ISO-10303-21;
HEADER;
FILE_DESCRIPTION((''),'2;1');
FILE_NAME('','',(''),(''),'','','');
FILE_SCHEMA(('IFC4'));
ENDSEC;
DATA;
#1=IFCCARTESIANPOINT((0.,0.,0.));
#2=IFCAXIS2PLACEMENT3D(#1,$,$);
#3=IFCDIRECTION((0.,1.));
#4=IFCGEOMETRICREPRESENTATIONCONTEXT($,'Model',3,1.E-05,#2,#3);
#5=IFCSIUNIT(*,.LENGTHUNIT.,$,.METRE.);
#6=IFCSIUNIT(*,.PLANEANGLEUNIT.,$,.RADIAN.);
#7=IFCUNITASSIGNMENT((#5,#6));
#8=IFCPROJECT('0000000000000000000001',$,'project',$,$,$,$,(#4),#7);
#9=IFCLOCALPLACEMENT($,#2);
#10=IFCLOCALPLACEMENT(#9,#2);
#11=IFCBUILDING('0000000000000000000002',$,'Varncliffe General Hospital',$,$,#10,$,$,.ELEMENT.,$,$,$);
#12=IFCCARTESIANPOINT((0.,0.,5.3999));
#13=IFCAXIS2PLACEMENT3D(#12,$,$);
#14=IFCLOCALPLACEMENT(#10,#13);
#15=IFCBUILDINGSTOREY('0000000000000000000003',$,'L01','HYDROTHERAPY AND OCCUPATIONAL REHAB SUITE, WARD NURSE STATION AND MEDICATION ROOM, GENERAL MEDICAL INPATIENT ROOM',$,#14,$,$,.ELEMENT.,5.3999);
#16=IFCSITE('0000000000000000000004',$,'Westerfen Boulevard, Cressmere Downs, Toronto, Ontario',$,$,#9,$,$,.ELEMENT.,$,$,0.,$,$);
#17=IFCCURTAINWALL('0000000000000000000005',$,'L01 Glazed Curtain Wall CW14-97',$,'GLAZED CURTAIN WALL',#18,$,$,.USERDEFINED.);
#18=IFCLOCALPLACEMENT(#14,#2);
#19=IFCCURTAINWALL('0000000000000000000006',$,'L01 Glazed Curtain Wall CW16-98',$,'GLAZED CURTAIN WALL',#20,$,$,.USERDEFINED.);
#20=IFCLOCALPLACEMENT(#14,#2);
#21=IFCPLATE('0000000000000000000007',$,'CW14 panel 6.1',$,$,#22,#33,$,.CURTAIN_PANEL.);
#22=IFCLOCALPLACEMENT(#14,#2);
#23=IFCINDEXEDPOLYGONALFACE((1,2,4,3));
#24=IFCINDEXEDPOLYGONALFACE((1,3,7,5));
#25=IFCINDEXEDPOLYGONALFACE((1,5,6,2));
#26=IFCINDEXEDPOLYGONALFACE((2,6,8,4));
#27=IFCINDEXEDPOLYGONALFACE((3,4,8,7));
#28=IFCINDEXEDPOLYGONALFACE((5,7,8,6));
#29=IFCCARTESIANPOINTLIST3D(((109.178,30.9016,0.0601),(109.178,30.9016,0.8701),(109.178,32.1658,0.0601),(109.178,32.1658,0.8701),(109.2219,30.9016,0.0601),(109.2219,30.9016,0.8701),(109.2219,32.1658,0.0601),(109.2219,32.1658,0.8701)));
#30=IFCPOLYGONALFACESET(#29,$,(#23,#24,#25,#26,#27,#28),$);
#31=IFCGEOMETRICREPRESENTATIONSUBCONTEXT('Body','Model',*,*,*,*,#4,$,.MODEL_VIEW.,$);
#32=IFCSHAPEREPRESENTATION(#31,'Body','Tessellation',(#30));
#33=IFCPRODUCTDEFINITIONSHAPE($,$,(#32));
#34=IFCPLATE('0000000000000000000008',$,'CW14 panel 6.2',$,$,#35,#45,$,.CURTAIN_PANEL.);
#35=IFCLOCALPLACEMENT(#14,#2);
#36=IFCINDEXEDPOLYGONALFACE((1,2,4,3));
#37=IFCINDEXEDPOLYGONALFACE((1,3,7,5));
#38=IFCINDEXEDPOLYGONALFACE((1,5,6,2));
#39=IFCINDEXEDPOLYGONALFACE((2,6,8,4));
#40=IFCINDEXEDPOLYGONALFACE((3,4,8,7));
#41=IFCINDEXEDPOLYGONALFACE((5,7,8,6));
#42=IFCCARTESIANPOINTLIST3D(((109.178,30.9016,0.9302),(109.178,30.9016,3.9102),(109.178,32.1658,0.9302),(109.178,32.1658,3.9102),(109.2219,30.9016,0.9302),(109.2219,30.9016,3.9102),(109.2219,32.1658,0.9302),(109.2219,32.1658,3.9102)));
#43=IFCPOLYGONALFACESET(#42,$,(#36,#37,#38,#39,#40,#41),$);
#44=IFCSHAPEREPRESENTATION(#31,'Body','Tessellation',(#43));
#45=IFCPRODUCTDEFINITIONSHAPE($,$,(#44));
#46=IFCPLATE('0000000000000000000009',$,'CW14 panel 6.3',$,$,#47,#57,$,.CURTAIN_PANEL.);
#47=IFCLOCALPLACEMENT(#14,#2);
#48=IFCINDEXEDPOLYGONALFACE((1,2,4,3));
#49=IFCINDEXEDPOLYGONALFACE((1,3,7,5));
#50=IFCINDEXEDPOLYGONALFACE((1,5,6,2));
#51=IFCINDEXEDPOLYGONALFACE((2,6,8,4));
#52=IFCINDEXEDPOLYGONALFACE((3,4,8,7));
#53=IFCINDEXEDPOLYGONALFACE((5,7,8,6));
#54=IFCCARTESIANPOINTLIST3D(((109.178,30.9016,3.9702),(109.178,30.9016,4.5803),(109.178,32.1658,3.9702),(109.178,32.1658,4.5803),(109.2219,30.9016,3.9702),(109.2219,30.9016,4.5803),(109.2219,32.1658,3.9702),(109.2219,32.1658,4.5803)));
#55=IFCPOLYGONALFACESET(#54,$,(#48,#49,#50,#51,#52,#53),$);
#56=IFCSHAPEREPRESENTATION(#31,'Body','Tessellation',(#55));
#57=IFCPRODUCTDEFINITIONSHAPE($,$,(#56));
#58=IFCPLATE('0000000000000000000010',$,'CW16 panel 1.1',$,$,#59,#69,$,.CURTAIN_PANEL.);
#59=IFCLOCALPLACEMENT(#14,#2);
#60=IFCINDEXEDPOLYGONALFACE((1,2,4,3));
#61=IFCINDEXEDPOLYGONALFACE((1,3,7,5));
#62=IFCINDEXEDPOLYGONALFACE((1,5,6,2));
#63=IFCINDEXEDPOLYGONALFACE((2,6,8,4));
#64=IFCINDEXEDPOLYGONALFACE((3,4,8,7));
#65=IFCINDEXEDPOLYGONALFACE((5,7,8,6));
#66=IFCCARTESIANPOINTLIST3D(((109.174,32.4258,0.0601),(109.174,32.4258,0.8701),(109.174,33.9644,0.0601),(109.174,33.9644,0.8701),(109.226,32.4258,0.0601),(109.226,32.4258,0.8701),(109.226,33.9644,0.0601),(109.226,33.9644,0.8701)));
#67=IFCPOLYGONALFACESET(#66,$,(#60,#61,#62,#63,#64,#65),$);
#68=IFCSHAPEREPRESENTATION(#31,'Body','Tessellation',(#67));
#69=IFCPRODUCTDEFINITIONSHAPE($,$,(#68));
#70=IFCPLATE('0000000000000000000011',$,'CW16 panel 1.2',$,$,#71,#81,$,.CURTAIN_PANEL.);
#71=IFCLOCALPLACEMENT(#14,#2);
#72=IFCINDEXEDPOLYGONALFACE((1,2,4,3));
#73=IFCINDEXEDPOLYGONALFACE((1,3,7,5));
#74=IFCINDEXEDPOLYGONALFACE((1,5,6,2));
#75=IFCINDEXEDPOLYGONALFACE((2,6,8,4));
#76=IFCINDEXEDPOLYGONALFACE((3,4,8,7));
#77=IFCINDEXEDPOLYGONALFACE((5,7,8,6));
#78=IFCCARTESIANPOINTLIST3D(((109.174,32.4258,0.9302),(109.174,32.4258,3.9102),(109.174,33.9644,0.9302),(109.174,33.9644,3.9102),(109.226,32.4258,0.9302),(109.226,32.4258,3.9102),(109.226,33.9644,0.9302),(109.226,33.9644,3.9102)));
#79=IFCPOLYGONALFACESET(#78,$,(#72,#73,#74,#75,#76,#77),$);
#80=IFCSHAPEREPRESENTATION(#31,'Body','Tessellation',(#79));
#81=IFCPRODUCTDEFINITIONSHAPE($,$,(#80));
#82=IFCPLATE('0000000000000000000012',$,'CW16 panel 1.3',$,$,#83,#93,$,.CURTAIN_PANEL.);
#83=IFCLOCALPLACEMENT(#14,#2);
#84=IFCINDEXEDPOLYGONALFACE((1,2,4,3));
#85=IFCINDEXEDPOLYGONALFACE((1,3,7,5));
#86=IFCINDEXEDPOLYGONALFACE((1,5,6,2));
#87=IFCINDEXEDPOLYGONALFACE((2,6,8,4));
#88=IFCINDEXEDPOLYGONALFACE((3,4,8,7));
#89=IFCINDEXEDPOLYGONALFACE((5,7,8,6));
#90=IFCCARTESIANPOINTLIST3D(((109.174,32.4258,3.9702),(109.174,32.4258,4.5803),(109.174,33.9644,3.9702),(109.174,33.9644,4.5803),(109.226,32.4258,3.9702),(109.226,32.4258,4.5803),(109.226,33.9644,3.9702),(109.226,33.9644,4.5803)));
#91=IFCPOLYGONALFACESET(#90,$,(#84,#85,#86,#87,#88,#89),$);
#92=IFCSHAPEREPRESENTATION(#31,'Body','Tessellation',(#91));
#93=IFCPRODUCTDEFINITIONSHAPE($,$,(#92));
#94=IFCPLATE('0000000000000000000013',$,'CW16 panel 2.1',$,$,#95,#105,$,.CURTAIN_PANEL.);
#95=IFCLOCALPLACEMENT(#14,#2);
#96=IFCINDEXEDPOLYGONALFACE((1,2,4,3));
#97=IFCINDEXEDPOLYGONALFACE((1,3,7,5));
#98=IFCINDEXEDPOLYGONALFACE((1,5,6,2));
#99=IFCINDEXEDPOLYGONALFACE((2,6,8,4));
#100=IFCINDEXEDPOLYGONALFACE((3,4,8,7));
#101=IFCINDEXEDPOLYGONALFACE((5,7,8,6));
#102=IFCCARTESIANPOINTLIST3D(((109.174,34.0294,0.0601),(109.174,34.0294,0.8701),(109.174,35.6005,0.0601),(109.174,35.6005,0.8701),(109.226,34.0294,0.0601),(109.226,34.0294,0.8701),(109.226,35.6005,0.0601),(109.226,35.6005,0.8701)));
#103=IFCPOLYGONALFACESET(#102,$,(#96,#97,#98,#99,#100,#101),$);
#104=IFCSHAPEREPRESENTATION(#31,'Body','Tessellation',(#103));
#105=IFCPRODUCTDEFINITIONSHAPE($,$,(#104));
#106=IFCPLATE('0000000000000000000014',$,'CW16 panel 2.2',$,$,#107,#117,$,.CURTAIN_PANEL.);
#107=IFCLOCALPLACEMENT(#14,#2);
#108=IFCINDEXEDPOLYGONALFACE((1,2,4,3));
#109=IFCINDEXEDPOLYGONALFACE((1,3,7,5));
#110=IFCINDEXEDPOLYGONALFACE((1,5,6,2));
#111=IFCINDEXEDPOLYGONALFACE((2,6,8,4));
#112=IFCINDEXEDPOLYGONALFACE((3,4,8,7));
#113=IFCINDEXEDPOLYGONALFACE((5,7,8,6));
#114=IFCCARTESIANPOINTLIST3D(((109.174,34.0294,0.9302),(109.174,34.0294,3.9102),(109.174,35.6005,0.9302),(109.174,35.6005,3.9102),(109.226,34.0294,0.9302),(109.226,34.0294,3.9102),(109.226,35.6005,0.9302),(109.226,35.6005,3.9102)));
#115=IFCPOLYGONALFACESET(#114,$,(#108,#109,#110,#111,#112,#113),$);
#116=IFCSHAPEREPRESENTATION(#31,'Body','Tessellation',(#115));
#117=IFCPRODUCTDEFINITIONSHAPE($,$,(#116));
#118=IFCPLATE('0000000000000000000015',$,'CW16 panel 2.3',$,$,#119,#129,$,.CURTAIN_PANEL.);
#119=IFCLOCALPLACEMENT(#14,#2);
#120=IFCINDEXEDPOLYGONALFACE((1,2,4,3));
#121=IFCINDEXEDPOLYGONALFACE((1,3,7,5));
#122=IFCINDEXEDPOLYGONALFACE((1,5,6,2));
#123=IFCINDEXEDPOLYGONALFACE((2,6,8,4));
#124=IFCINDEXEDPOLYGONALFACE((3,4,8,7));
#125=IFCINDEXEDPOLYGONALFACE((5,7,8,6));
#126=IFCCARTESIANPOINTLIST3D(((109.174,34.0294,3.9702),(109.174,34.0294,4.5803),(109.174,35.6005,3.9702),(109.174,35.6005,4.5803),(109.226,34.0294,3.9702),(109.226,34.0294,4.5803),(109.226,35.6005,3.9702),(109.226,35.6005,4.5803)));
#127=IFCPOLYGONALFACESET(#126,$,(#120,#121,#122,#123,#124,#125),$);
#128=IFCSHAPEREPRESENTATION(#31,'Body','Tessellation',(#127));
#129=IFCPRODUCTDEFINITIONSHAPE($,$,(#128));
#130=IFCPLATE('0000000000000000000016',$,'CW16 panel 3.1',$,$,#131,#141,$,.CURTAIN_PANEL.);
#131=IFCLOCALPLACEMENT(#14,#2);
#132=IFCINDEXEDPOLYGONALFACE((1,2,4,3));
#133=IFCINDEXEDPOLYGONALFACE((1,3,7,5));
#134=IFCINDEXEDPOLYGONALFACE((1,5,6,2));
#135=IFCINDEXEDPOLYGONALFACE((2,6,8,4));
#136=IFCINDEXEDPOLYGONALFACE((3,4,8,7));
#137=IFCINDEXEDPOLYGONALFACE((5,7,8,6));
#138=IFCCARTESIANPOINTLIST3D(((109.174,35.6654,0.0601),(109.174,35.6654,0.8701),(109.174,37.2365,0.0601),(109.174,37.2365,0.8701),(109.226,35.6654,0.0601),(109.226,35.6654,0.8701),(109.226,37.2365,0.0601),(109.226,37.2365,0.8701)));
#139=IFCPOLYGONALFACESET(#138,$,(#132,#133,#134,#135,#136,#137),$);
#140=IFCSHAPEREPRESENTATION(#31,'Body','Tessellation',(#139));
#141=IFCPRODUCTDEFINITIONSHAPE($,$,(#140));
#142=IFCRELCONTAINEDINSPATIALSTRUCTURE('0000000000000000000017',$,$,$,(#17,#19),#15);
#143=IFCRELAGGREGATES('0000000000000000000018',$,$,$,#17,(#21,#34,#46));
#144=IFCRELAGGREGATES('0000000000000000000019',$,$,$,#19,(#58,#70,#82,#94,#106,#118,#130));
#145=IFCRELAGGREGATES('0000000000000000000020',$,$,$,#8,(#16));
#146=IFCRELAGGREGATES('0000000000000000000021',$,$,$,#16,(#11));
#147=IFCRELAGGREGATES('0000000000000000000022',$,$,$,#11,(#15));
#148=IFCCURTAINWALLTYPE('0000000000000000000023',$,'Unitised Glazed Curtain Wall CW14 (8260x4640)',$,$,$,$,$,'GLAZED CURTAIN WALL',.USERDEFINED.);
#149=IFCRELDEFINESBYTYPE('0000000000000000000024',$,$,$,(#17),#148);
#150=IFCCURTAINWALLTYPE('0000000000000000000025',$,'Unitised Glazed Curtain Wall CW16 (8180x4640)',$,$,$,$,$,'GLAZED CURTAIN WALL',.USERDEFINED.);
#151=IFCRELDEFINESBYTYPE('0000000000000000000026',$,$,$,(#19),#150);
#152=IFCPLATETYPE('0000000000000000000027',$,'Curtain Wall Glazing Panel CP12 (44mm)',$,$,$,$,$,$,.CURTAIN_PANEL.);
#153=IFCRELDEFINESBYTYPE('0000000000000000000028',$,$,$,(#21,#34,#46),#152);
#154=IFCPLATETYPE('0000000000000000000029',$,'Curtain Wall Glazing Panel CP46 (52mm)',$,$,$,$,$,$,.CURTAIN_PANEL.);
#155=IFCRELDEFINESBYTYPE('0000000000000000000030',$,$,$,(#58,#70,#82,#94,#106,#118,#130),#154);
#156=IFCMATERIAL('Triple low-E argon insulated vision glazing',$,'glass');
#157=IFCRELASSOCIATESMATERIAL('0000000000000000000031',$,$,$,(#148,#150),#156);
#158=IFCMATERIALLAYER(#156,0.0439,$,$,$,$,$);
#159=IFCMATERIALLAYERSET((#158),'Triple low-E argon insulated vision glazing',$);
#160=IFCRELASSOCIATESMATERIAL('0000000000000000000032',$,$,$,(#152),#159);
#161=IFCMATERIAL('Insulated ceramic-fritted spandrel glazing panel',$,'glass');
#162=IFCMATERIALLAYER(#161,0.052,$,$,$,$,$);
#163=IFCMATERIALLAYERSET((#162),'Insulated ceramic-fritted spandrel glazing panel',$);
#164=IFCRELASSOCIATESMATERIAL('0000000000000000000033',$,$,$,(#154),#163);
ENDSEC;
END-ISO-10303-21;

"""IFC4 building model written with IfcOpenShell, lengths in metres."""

from ifc_helpers import new_model, si_unit, direction, frame, origin, origin_2d, place, context, subcontext, project, spatial, rectangle, extrude, material, layer, layer_set, type_object, element, aggregate, save


model = new_model("IFC4")

# Units and contexts
model_context = context("Model", 3, precision=1e-05, world=origin(), true_north=direction((0.0, 1.0)))
body_context = subcontext(model_context, "Body", "Model", "MODEL_VIEW")
ifc_project = project(units=[si_unit("LENGTHUNIT", "METRE"), si_unit("PLANEANGLEUNIT", "RADIAN")], contexts=[model_context])

# Site, building, storey
site_placement = place(None, origin())
site = spatial("IfcSite", under=ifc_project, at=site_placement, Name="Westerfen Boulevard, Cressmere Downs, Toronto, Ontario", CompositionType="ELEMENT", RefElevation=0.0)
building_placement = place(site_placement, origin())
building = spatial("IfcBuilding", under=site, at=building_placement, Name="Varncliffe General Hospital", CompositionType="ELEMENT")
storey_placement = place(building_placement, frame((0.0, 0.0, 5.3999)))
storey = spatial("IfcBuildingStorey", under=building, at=storey_placement, Name="L01", Description="HYDROTHERAPY AND OCCUPATIONAL REHAB SUITE, WARD NURSE STATION AND MEDICATION ROOM, GENERAL MEDICAL INPATIENT ROOM", CompositionType="ELEMENT", Elevation=5.3999)

# Curtain walls
ifc_material_1 = material(Name="Triple low-E argon insulated vision glazing", Category="glass")
curtain_wall_type_1 = type_object("IfcCurtainWallType", Name="Unitised Glazed Curtain Wall CW14 (8260x4640)", ElementType="GLAZED CURTAIN WALL", PredefinedType="USERDEFINED", material=ifc_material_1)
curtain_wall_1_placement = place(storey_placement, origin())
curtain_wall_1 = element("IfcCurtainWall", 1, at=curtain_wall_1_placement, inside=storey, type_object=curtain_wall_type_1, Name="L01 Glazed Curtain Wall CW14-97", ObjectType="GLAZED CURTAIN WALL", PredefinedType="USERDEFINED")
curtain_wall_type_2 = type_object("IfcCurtainWallType", Name="Unitised Glazed Curtain Wall CW16 (8180x4640)", ElementType="GLAZED CURTAIN WALL", PredefinedType="USERDEFINED", material=ifc_material_1)
curtain_wall_2_placement = place(storey_placement, origin())
curtain_wall_2 = element("IfcCurtainWall", 2, at=curtain_wall_2_placement, inside=storey, type_object=curtain_wall_type_2, Name="L01 Glazed Curtain Wall CW16-98", ObjectType="GLAZED CURTAIN WALL", PredefinedType="USERDEFINED")

# Plates
ifc_layer_1 = layer(ifc_material_1, 0.0439)
ifc_layer_set_1 = layer_set([ifc_layer_1], Name="Triple low-E argon insulated vision glazing")
plate_type_1 = type_object("IfcPlateType", Name="Curtain Wall Glazing Panel CP12 (44mm)", PredefinedType="CURTAIN_PANEL", material=ifc_layer_set_1)
plate_1_placement = place(storey_placement, frame((109.2, 31.5337, 0.0601), z_axis=(0.0, 0.0, 1.0), x_axis=(0.0, 1.0, 0.0)))
plate_1 = element("IfcPlate", 3, at=plate_1_placement, type_object=plate_type_1, Name="CW14 panel 6.1", PredefinedType="CURTAIN_PANEL", context=body_context, shape_type="SweptSolid", body=[
    extrude(rectangle(XDim=1.2642, YDim=0.0439, at=origin_2d()), origin(), (0.0, 0.0, 1.0), 0.8101),
])
plate_2_placement = place(storey_placement, frame((109.2, 31.5337, 0.9302), z_axis=(0.0, 0.0, 1.0), x_axis=(0.0, 1.0, 0.0)))
plate_2 = element("IfcPlate", 4, at=plate_2_placement, type_object=plate_type_1, Name="CW14 panel 6.2", PredefinedType="CURTAIN_PANEL", context=body_context, shape_type="SweptSolid", body=[
    extrude(rectangle(XDim=1.2642, YDim=0.0439, at=origin_2d()), origin(), (0.0, 0.0, 1.0), 2.98),
])
plate_3_placement = place(storey_placement, frame((109.2, 31.5337, 3.9702), z_axis=(0.0, 0.0, 1.0), x_axis=(0.0, 1.0, 0.0)))
plate_3 = element("IfcPlate", 5, at=plate_3_placement, type_object=plate_type_1, Name="CW14 panel 6.3", PredefinedType="CURTAIN_PANEL", context=body_context, shape_type="SweptSolid", body=[
    extrude(rectangle(XDim=1.2642, YDim=0.0439, at=origin_2d()), origin(), (0.0, 0.0, 1.0), 0.6101),
])
aggregate(curtain_wall_1, [plate_1, plate_2, plate_3])
ifc_material_2 = material(Name="Insulated ceramic-fritted spandrel glazing panel", Category="glass")
ifc_layer_2 = layer(ifc_material_2, 0.052)
ifc_layer_set_2 = layer_set([ifc_layer_2], Name="Insulated ceramic-fritted spandrel glazing panel")
plate_type_2 = type_object("IfcPlateType", Name="Curtain Wall Glazing Panel CP46 (52mm)", PredefinedType="CURTAIN_PANEL", material=ifc_layer_set_2)
plate_4_placement = place(storey_placement, frame((109.2, 33.1951, 0.0601), z_axis=(0.0, 0.0, 1.0), x_axis=(0.0, 1.0, 0.0)))
plate_4 = element("IfcPlate", 6, at=plate_4_placement, type_object=plate_type_2, Name="CW16 panel 1.1", PredefinedType="CURTAIN_PANEL", context=body_context, shape_type="SweptSolid", body=[
    extrude(rectangle(XDim=1.5386, YDim=0.052, at=origin_2d()), origin(), (0.0, 0.0, 1.0), 0.8101),
])
plate_5_placement = place(storey_placement, frame((109.2, 33.1951, 0.9302), z_axis=(0.0, 0.0, 1.0), x_axis=(0.0, 1.0, 0.0)))
plate_5 = element("IfcPlate", 7, at=plate_5_placement, type_object=plate_type_2, Name="CW16 panel 1.2", PredefinedType="CURTAIN_PANEL", context=body_context, shape_type="SweptSolid", body=[
    extrude(rectangle(XDim=1.5386, YDim=0.052, at=origin_2d()), origin(), (0.0, 0.0, 1.0), 2.98),
])
plate_6_placement = place(storey_placement, frame((109.2, 33.1951, 3.9702), z_axis=(0.0, 0.0, 1.0), x_axis=(0.0, 1.0, 0.0)))
plate_6 = element("IfcPlate", 8, at=plate_6_placement, type_object=plate_type_2, Name="CW16 panel 1.3", PredefinedType="CURTAIN_PANEL", context=body_context, shape_type="SweptSolid", body=[
    extrude(rectangle(XDim=1.5386, YDim=0.052, at=origin_2d()), origin(), (0.0, 0.0, 1.0), 0.6101),
])
plate_7_placement = place(storey_placement, frame((109.2, 34.8149, 0.0601), z_axis=(0.0, 0.0, 1.0), x_axis=(0.0, 1.0, 0.0)))
plate_7 = element("IfcPlate", 9, at=plate_7_placement, type_object=plate_type_2, Name="CW16 panel 2.1", PredefinedType="CURTAIN_PANEL", context=body_context, shape_type="SweptSolid", body=[
    extrude(rectangle(XDim=1.571, YDim=0.052, at=origin_2d()), origin(), (0.0, 0.0, 1.0), 0.8101),
])
plate_8_placement = place(storey_placement, frame((109.2, 34.8149, 0.9302), z_axis=(0.0, 0.0, 1.0), x_axis=(0.0, 1.0, 0.0)))
plate_8 = element("IfcPlate", 10, at=plate_8_placement, type_object=plate_type_2, Name="CW16 panel 2.2", PredefinedType="CURTAIN_PANEL", context=body_context, shape_type="SweptSolid", body=[
    extrude(rectangle(XDim=1.571, YDim=0.052, at=origin_2d()), origin(), (0.0, 0.0, 1.0), 2.98),
])
plate_9_placement = place(storey_placement, frame((109.2, 34.8149, 3.9702), z_axis=(0.0, 0.0, 1.0), x_axis=(0.0, 1.0, 0.0)))
plate_9 = element("IfcPlate", 11, at=plate_9_placement, type_object=plate_type_2, Name="CW16 panel 2.3", PredefinedType="CURTAIN_PANEL", context=body_context, shape_type="SweptSolid", body=[
    extrude(rectangle(XDim=1.571, YDim=0.052, at=origin_2d()), origin(), (0.0, 0.0, 1.0), 0.6101),
])
plate_10_placement = place(storey_placement, frame((109.2, 36.4509, 0.0601), z_axis=(0.0, 0.0, 1.0), x_axis=(0.0, 1.0, 0.0)))
plate_10 = element("IfcPlate", 12, at=plate_10_placement, type_object=plate_type_2, Name="CW16 panel 3.1", PredefinedType="CURTAIN_PANEL", context=body_context, shape_type="SweptSolid", body=[
    extrude(rectangle(XDim=1.571, YDim=0.052, at=origin_2d()), origin(), (0.0, 0.0, 1.0), 0.8101),
])
aggregate(curtain_wall_2, [plate_4, plate_5, plate_6, plate_7, plate_8, plate_9, plate_10])

save(model, "model.ifc")
